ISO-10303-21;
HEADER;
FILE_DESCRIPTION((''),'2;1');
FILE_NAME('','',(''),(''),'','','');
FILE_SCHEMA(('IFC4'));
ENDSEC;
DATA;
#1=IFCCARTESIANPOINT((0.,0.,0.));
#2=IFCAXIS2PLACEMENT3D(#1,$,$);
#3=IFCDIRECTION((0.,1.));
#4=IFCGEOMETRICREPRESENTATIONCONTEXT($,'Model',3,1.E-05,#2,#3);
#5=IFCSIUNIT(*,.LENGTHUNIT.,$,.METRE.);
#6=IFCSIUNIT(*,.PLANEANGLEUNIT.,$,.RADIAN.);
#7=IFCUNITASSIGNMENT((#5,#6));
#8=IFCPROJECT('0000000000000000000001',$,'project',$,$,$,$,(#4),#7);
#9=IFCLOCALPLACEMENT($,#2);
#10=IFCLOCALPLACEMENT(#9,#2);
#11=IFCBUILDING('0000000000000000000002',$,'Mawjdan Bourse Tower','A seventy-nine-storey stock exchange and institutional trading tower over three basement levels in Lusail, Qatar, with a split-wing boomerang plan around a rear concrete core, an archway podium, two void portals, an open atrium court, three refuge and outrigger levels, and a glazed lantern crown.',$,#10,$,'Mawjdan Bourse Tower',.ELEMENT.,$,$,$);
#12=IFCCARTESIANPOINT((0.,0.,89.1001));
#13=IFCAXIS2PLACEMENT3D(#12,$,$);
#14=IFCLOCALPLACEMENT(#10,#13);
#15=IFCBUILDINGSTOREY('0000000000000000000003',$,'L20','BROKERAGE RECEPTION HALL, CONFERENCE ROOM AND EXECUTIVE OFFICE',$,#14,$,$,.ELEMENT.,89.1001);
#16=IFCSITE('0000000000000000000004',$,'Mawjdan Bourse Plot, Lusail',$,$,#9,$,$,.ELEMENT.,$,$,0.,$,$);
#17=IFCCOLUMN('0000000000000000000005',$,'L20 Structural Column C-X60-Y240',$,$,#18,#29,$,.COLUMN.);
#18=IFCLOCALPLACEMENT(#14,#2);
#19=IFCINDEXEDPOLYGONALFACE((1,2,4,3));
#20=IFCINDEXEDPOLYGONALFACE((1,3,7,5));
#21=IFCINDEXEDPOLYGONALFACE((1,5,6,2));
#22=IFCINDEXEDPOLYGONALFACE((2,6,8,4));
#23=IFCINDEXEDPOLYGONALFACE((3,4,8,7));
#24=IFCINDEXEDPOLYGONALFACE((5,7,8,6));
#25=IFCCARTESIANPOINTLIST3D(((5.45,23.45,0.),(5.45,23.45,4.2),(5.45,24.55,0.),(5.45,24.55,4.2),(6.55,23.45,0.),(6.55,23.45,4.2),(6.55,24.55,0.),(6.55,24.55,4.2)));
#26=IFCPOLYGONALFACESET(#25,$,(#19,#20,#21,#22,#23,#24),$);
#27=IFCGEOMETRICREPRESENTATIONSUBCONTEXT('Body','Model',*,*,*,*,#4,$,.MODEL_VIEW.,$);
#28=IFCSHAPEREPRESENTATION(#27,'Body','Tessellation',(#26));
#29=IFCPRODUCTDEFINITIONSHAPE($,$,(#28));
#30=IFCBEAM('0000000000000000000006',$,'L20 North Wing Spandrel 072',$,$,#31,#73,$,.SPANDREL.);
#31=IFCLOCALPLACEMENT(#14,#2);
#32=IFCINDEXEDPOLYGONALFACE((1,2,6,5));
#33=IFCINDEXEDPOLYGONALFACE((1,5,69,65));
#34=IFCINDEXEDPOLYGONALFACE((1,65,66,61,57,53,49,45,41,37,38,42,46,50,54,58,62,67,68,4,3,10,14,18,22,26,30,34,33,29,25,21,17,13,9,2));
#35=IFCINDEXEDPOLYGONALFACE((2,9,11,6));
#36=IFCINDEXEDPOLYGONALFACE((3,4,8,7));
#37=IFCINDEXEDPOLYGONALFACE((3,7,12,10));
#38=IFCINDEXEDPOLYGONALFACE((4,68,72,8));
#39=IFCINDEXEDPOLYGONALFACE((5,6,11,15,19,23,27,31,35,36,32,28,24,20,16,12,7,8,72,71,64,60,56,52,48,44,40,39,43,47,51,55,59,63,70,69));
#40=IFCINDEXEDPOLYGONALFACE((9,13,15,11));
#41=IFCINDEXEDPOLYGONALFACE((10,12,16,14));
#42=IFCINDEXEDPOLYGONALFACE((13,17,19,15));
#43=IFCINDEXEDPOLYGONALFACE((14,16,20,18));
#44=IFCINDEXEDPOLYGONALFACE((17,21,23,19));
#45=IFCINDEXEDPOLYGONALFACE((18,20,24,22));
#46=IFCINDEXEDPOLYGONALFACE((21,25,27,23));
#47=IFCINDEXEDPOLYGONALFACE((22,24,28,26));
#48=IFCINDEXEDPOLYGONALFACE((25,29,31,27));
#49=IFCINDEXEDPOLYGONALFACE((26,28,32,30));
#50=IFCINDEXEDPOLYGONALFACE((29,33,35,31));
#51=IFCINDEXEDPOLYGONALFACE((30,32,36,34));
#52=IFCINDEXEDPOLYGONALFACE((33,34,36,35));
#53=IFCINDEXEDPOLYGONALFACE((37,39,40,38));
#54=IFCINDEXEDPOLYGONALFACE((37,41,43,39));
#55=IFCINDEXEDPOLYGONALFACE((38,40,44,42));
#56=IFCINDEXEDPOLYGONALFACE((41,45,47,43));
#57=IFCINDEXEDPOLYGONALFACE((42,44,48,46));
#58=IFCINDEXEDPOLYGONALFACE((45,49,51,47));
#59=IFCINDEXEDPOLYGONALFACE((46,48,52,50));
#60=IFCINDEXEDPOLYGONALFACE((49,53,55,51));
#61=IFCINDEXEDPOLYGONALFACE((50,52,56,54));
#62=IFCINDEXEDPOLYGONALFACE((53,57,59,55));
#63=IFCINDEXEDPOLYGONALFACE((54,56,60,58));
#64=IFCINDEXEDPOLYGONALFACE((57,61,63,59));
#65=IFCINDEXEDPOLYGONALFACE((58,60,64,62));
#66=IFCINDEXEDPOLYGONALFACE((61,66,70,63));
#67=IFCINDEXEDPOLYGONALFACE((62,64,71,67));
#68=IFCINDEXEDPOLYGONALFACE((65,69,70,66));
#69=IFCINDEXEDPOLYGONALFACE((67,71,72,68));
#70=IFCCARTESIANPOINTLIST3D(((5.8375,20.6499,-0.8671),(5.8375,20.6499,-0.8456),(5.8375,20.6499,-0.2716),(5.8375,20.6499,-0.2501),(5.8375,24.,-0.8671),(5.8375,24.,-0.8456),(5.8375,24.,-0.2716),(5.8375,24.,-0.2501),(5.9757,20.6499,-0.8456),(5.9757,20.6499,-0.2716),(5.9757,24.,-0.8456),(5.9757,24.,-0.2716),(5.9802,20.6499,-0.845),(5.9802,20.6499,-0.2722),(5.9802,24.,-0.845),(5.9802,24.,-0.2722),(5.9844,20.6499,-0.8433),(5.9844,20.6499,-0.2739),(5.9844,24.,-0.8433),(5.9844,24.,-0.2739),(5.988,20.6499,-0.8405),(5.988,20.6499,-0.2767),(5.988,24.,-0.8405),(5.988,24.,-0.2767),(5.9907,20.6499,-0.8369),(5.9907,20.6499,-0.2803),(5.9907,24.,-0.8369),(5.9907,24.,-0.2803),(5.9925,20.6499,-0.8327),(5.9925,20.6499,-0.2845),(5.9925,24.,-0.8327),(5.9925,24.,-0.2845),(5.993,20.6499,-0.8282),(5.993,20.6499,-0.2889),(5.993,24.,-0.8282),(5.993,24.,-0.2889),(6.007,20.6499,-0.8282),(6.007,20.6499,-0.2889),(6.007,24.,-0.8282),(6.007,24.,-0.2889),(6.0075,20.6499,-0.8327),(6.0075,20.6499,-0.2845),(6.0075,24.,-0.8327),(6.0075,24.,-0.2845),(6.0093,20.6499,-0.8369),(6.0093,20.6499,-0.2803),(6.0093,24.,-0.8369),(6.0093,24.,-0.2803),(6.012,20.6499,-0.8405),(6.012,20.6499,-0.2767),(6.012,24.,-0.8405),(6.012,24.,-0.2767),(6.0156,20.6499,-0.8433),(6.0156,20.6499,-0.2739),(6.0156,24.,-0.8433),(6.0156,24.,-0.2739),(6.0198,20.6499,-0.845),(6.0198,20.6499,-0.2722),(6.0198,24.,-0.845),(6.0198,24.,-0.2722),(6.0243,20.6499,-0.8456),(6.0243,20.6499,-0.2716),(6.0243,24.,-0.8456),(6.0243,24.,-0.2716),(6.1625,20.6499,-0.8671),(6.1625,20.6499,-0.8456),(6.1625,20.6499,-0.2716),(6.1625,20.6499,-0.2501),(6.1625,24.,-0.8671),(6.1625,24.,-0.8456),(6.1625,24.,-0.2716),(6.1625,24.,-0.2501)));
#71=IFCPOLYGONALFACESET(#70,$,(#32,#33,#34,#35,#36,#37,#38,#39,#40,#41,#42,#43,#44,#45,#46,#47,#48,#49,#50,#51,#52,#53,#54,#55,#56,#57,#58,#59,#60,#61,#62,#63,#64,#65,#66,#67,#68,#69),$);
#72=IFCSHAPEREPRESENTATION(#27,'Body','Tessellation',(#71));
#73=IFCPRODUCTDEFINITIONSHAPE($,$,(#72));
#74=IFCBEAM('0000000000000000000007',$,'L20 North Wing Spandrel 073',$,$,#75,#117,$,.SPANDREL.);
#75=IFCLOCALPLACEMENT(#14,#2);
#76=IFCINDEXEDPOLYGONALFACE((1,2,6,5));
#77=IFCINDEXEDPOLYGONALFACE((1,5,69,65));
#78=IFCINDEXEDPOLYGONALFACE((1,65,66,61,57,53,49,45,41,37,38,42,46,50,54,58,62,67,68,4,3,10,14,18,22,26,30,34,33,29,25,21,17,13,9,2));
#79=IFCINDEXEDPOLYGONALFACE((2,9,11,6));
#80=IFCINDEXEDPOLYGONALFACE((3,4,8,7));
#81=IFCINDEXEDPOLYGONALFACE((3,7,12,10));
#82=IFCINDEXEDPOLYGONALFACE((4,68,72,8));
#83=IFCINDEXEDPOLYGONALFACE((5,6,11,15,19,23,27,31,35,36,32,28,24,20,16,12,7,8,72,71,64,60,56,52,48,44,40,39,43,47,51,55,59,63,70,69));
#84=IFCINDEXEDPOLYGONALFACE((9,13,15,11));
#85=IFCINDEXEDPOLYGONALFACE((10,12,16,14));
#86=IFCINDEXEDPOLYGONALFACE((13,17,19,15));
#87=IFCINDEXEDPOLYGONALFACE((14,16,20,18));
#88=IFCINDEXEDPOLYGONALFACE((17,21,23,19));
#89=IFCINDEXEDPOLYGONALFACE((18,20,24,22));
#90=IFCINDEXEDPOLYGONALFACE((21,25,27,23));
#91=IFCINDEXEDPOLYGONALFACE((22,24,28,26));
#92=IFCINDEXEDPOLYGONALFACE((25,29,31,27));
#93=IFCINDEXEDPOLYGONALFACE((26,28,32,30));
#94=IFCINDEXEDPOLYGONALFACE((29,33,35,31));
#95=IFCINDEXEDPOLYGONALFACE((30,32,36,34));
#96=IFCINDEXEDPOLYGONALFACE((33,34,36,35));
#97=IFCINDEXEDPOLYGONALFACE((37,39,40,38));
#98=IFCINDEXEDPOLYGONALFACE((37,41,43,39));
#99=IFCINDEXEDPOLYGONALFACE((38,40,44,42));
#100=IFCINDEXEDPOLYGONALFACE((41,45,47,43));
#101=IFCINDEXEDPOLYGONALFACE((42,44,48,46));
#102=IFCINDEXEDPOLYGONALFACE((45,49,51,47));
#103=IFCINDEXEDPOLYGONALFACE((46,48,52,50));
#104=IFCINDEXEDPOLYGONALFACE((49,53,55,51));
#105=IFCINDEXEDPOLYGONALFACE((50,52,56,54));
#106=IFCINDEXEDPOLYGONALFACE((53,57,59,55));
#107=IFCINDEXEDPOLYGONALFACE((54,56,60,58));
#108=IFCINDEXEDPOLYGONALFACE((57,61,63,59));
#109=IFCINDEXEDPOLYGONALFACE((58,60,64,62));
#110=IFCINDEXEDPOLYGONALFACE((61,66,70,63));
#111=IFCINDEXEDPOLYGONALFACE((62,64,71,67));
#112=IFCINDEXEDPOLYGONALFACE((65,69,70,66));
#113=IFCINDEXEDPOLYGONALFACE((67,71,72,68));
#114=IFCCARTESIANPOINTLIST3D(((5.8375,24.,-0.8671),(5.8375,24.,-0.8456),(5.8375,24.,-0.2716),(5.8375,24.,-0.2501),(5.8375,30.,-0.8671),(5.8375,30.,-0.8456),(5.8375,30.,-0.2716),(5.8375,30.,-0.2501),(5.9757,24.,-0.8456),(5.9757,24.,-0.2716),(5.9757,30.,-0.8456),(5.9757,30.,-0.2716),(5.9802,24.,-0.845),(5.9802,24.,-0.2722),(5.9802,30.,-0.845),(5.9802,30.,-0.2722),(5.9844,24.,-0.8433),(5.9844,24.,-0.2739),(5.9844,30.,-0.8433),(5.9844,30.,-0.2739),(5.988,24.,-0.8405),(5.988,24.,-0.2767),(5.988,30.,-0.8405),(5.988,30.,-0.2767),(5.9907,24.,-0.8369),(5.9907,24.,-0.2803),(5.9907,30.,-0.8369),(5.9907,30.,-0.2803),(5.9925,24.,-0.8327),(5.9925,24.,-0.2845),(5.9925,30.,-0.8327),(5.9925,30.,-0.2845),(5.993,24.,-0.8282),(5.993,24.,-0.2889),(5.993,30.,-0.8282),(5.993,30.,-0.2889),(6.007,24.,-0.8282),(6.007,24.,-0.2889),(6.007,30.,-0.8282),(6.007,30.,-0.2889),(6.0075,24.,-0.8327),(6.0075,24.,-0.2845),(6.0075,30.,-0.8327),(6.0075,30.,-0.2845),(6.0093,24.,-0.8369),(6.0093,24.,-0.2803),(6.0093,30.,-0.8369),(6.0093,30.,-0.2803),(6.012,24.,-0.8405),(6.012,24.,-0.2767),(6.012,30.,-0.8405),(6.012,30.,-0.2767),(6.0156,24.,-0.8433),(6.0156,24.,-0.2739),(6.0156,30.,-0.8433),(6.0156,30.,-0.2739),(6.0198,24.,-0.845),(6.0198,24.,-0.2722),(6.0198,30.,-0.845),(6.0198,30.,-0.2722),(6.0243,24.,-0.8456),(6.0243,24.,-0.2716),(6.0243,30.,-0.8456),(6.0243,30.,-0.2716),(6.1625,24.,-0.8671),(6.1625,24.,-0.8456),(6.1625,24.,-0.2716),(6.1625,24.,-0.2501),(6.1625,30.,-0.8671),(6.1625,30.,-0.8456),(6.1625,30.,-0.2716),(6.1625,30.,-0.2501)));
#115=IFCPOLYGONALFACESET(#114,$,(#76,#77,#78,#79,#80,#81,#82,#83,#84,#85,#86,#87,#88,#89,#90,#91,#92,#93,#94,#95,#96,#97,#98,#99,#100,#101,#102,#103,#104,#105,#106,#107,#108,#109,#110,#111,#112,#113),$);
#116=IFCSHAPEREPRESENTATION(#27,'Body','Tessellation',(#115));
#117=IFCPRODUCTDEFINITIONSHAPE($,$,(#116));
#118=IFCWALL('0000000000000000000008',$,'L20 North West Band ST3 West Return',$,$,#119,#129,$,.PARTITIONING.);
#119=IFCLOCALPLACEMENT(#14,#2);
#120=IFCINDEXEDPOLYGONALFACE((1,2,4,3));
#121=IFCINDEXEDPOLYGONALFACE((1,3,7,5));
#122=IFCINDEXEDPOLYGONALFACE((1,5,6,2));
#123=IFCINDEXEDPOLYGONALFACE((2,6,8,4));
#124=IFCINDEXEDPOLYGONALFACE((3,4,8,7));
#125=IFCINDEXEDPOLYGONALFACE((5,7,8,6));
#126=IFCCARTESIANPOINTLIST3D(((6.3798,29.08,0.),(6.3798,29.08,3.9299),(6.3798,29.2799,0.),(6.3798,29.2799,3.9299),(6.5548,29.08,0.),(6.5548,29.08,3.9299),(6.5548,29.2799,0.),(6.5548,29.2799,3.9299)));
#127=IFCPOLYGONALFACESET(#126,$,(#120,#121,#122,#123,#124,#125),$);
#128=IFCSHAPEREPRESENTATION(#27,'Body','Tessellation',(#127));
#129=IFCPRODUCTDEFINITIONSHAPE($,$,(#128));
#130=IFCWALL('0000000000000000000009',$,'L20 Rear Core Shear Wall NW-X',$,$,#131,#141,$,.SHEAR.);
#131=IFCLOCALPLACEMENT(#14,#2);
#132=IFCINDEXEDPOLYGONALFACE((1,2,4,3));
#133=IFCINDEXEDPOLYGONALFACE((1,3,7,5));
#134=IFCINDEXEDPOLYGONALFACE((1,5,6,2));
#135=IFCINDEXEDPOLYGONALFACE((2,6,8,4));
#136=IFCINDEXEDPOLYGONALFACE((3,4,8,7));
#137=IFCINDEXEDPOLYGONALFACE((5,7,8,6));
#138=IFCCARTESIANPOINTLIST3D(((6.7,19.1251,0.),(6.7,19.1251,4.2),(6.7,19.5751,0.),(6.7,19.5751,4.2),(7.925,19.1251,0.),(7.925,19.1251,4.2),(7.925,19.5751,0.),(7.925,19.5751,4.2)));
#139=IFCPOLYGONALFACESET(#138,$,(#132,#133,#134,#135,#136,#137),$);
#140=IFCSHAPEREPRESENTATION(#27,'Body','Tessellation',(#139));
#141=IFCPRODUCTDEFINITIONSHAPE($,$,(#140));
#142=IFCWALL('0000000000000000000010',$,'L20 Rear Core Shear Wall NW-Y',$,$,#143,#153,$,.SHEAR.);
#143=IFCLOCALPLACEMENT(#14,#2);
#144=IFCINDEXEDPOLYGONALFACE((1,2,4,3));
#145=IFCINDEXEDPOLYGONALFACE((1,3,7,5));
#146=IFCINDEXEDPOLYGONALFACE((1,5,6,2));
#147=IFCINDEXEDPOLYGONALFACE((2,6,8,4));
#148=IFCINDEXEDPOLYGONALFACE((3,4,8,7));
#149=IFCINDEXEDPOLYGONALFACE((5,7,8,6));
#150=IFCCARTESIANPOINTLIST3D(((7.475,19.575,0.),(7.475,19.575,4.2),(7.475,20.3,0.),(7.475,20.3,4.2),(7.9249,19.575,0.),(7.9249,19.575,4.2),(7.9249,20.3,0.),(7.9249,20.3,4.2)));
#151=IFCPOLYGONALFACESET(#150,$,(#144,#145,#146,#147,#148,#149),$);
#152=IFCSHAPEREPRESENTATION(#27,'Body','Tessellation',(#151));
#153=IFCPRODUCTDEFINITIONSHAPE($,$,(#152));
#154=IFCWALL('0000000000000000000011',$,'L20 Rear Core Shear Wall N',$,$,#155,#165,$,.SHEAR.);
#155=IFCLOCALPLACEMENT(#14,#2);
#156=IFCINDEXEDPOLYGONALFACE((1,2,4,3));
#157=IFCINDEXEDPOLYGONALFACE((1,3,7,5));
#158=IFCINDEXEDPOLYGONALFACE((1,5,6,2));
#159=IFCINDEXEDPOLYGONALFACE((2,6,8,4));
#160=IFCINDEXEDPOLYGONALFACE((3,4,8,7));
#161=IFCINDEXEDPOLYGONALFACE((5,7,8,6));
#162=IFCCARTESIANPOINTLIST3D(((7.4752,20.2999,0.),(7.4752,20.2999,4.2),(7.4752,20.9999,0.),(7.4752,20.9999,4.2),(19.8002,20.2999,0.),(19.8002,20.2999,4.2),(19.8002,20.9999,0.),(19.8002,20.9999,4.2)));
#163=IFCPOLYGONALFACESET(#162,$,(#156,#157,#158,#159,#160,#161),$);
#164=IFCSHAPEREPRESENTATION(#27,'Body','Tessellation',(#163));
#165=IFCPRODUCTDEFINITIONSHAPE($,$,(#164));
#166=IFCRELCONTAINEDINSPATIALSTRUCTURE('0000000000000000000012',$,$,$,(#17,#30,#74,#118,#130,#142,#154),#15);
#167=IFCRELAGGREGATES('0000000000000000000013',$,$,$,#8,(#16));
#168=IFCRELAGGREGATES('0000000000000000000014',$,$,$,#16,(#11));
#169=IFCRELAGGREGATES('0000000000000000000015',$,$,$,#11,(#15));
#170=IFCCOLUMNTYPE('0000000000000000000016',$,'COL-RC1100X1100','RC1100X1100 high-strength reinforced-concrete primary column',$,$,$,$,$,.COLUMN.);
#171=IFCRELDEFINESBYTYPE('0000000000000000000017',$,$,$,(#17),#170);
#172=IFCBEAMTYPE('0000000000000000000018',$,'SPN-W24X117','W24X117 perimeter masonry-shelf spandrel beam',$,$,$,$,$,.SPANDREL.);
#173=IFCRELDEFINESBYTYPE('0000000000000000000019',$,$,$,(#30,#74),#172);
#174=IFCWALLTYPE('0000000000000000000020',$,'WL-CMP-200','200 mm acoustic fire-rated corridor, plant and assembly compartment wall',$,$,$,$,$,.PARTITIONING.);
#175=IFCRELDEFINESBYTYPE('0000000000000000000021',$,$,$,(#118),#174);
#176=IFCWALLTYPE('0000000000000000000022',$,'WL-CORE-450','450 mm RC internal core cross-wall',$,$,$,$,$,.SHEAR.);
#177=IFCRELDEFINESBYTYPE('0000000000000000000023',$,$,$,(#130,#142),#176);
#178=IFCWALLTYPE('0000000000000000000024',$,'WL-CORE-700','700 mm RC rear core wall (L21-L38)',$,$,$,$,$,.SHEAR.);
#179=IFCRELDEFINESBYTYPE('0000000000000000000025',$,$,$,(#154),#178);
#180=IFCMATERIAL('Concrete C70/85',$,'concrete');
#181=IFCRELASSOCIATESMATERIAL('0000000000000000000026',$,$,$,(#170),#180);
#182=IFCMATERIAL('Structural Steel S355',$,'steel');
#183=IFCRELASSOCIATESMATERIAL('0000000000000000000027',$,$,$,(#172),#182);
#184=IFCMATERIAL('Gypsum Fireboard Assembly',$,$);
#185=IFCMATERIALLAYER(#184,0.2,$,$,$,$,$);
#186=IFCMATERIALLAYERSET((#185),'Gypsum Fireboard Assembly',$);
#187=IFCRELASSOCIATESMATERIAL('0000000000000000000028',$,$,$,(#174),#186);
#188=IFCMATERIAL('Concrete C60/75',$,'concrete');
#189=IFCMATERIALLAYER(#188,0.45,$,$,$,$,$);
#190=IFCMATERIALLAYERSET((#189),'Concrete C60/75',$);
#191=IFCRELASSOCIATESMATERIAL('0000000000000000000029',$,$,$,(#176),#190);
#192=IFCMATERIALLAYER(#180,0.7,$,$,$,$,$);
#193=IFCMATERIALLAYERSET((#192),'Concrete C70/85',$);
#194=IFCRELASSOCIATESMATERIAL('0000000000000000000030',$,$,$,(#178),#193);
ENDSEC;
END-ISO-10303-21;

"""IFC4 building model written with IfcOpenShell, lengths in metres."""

from ifc_helpers import new_model, si_unit, direction, frame, frame_2d, origin, origin_2d, place, context, subcontext, project, spatial, rectangle, i_section, extrude, material, layer, layer_set, material_profile, profile_set, type_object, element, save


model = new_model("IFC4")

# Units and contexts
model_context = context("Model", 3, precision=1e-05, world=origin(), true_north=direction((0.0, 1.0)))
body_context = subcontext(model_context, "Body", "Model", "MODEL_VIEW")
ifc_project = project(units=[si_unit("LENGTHUNIT", "METRE"), si_unit("PLANEANGLEUNIT", "RADIAN")], contexts=[model_context])

# Site, building, storey
site_placement = place(None, origin())
site = spatial("IfcSite", under=ifc_project, at=site_placement, Name="Mawjdan Bourse Plot, Lusail", CompositionType="ELEMENT", RefElevation=0.0)
building_placement = place(site_placement, origin())
building = spatial("IfcBuilding", under=site, at=building_placement, Name="Mawjdan Bourse Tower", Description="A seventy-nine-storey stock exchange and institutional trading tower over three basement levels in Lusail, Qatar, with a split-wing boomerang plan around a rear concrete core, an archway podium, two void portals, an open atrium court, three refuge and outrigger levels, and a glazed lantern crown.", LongName="Mawjdan Bourse Tower", CompositionType="ELEMENT")
storey_placement = place(building_placement, frame((0.0, 0.0, 89.1001)))
storey = spatial("IfcBuildingStorey", under=building, at=storey_placement, Name="L20", Description="BROKERAGE RECEPTION HALL, CONFERENCE ROOM AND EXECUTIVE OFFICE", CompositionType="ELEMENT", Elevation=89.1001)

# Column
ifc_material_1 = material(Name="Concrete C70/85", Category="concrete")
ifc_material_profile_1 = material_profile(ifc_material_1, rectangle(XDim=1.1001, YDim=1.1001, at=origin_2d()), Name="RC1100X1100")
ifc_profile_set_1 = profile_set([ifc_material_profile_1], Name="Concrete C70/85")
column_type = type_object("IfcColumnType", Name="COL-RC1100X1100", Description="RC1100X1100 high-strength reinforced-concrete primary column", PredefinedType="COLUMN", material=ifc_profile_set_1)
column_placement = place(storey_placement, frame((6.0, 24.0, 0.0), z_axis=(0.0, 0.0, 1.0), x_axis=(1.0, 0.0, 0.0)))
element("IfcColumn", 1, at=column_placement, inside=storey, type_object=column_type, Name="L20 Structural Column C-X60-Y240", PredefinedType="COLUMN", context=body_context, shape_type="SweptSolid", body=[
    extrude(rectangle(XDim=1.1001, YDim=1.1001, at=origin_2d()), origin(), (0.0, 0.0, 1.0), 4.2),
])

# Beams
ifc_material_2 = material(Name="Structural Steel S355", Category="steel")
ifc_material_profile_2 = material_profile(ifc_material_2, i_section(OverallWidth=0.325, OverallDepth=0.6169, WebThickness=0.0139, FlangeThickness=0.0215, FilletRadius=0.0173, at=origin_2d()), Name="W24X117")
ifc_profile_set_2 = profile_set([ifc_material_profile_2], Name="Structural Steel S355")
beam_type = type_object("IfcBeamType", Name="SPN-W24X117", Description="W24X117 perimeter masonry-shelf spandrel beam", PredefinedType="SPANDREL", material=ifc_profile_set_2)
beam_1_placement = place(storey_placement, frame((6.0, 20.6499, -0.5586), z_axis=(0.0, 1.0, 0.0), x_axis=(-1.0, 0.0, 0.0)))
element("IfcBeam", 2, at=beam_1_placement, inside=storey, type_object=beam_type, Name="L20 North Wing Spandrel 072", PredefinedType="SPANDREL", context=body_context, shape_type="SweptSolid", body=[
    extrude(i_section(OverallWidth=0.325, OverallDepth=0.6169, WebThickness=0.0139, FlangeThickness=0.0215, FilletRadius=0.0173, at=origin_2d()), origin(), (0.0, 0.0, 1.0), 3.3501),
])
beam_2_placement = place(storey_placement, frame((6.0, 24.0, -0.5586), z_axis=(0.0, 1.0, 0.0), x_axis=(-1.0, 0.0, 0.0)))
element("IfcBeam", 3, at=beam_2_placement, inside=storey, type_object=beam_type, Name="L20 North Wing Spandrel 073", PredefinedType="SPANDREL", context=body_context, shape_type="SweptSolid", body=[
    extrude(i_section(OverallWidth=0.325, OverallDepth=0.6169, WebThickness=0.0139, FlangeThickness=0.0215, FilletRadius=0.0173, at=origin_2d()), origin(), (0.0, 0.0, 1.0), 6.0),
])

# Walls
ifc_material_3 = material(Name="Gypsum Fireboard Assembly")
ifc_layer_1 = layer(ifc_material_3, 0.2)
ifc_layer_set_1 = layer_set([ifc_layer_1], Name="Gypsum Fireboard Assembly")
wall_type_1 = type_object("IfcWallType", Name="WL-CMP-200", Description="200 mm acoustic fire-rated corridor, plant and assembly compartment wall", PredefinedType="PARTITIONING", material=ifc_layer_set_1)
wall_1_placement = place(storey_placement, frame((6.3799, 29.1799, 0.0), z_axis=(0.0, 0.0, 1.0), x_axis=(1.0, 0.0, 0.0)))
element("IfcWall", 4, at=wall_1_placement, inside=storey, type_object=wall_type_1, Name="L20 North West Band ST3 West Return", PredefinedType="PARTITIONING", context=body_context, shape_type="SweptSolid", body=[
    extrude(rectangle(XDim=0.175, YDim=0.2, at=frame_2d((0.0874, 0.0))), origin(), (0.0, 0.0, 1.0), 3.9299),
])
ifc_material_4 = material(Name="Concrete C60/75", Category="concrete")
ifc_layer_2 = layer(ifc_material_4, 0.45)
ifc_layer_set_2 = layer_set([ifc_layer_2], Name="Concrete C60/75")
wall_type_2 = type_object("IfcWallType", Name="WL-CORE-450", Description="450 mm RC internal core cross-wall", PredefinedType="SHEAR", material=ifc_layer_set_2)
wall_2_placement = place(storey_placement, frame((6.7, 19.3501, 0.0), z_axis=(0.0, 0.0, 1.0), x_axis=(1.0, 0.0, 0.0)))
element("IfcWall", 5, at=wall_2_placement, inside=storey, type_object=wall_type_2, Name="L20 Rear Core Shear Wall NW-X", PredefinedType="SHEAR", context=body_context, shape_type="SweptSolid", body=[
    extrude(rectangle(XDim=1.2251, YDim=0.45, at=frame_2d((0.6125, 0.0))), origin(), (0.0, 0.0, 1.0), 4.2),
])
wall_3_placement = place(storey_placement, frame((7.7, 19.575, 0.0), z_axis=(0.0, 0.0, 1.0), x_axis=(0.0, 1.0, 0.0)))
element("IfcWall", 6, at=wall_3_placement, inside=storey, type_object=wall_type_2, Name="L20 Rear Core Shear Wall NW-Y", PredefinedType="SHEAR", context=body_context, shape_type="SweptSolid", body=[
    extrude(rectangle(XDim=0.7251, YDim=0.45, at=frame_2d((0.3625, 0.0))), origin(), (0.0, 0.0, 1.0), 4.2),
])
ifc_layer_3 = layer(ifc_material_1, 0.7)
ifc_layer_set_3 = layer_set([ifc_layer_3], Name="Concrete C70/85")
wall_type_3 = type_object("IfcWallType", Name="WL-CORE-700", Description="700 mm RC rear core wall (L21-L38)", PredefinedType="SHEAR", material=ifc_layer_set_3)
wall_4_placement = place(storey_placement, frame((7.4751, 20.6499, 0.0), z_axis=(0.0, 0.0, 1.0), x_axis=(1.0, 0.0, 0.0)))
element("IfcWall", 7, at=wall_4_placement, inside=storey, type_object=wall_type_3, Name="L20 Rear Core Shear Wall N", PredefinedType="SHEAR", context=body_context, shape_type="SweptSolid", body=[
    extrude(rectangle(XDim=12.325, YDim=0.7, at=frame_2d((6.1626, 0.0))), origin(), (0.0, 0.0, 1.0), 4.2),
])

save(model, "model.ifc")
